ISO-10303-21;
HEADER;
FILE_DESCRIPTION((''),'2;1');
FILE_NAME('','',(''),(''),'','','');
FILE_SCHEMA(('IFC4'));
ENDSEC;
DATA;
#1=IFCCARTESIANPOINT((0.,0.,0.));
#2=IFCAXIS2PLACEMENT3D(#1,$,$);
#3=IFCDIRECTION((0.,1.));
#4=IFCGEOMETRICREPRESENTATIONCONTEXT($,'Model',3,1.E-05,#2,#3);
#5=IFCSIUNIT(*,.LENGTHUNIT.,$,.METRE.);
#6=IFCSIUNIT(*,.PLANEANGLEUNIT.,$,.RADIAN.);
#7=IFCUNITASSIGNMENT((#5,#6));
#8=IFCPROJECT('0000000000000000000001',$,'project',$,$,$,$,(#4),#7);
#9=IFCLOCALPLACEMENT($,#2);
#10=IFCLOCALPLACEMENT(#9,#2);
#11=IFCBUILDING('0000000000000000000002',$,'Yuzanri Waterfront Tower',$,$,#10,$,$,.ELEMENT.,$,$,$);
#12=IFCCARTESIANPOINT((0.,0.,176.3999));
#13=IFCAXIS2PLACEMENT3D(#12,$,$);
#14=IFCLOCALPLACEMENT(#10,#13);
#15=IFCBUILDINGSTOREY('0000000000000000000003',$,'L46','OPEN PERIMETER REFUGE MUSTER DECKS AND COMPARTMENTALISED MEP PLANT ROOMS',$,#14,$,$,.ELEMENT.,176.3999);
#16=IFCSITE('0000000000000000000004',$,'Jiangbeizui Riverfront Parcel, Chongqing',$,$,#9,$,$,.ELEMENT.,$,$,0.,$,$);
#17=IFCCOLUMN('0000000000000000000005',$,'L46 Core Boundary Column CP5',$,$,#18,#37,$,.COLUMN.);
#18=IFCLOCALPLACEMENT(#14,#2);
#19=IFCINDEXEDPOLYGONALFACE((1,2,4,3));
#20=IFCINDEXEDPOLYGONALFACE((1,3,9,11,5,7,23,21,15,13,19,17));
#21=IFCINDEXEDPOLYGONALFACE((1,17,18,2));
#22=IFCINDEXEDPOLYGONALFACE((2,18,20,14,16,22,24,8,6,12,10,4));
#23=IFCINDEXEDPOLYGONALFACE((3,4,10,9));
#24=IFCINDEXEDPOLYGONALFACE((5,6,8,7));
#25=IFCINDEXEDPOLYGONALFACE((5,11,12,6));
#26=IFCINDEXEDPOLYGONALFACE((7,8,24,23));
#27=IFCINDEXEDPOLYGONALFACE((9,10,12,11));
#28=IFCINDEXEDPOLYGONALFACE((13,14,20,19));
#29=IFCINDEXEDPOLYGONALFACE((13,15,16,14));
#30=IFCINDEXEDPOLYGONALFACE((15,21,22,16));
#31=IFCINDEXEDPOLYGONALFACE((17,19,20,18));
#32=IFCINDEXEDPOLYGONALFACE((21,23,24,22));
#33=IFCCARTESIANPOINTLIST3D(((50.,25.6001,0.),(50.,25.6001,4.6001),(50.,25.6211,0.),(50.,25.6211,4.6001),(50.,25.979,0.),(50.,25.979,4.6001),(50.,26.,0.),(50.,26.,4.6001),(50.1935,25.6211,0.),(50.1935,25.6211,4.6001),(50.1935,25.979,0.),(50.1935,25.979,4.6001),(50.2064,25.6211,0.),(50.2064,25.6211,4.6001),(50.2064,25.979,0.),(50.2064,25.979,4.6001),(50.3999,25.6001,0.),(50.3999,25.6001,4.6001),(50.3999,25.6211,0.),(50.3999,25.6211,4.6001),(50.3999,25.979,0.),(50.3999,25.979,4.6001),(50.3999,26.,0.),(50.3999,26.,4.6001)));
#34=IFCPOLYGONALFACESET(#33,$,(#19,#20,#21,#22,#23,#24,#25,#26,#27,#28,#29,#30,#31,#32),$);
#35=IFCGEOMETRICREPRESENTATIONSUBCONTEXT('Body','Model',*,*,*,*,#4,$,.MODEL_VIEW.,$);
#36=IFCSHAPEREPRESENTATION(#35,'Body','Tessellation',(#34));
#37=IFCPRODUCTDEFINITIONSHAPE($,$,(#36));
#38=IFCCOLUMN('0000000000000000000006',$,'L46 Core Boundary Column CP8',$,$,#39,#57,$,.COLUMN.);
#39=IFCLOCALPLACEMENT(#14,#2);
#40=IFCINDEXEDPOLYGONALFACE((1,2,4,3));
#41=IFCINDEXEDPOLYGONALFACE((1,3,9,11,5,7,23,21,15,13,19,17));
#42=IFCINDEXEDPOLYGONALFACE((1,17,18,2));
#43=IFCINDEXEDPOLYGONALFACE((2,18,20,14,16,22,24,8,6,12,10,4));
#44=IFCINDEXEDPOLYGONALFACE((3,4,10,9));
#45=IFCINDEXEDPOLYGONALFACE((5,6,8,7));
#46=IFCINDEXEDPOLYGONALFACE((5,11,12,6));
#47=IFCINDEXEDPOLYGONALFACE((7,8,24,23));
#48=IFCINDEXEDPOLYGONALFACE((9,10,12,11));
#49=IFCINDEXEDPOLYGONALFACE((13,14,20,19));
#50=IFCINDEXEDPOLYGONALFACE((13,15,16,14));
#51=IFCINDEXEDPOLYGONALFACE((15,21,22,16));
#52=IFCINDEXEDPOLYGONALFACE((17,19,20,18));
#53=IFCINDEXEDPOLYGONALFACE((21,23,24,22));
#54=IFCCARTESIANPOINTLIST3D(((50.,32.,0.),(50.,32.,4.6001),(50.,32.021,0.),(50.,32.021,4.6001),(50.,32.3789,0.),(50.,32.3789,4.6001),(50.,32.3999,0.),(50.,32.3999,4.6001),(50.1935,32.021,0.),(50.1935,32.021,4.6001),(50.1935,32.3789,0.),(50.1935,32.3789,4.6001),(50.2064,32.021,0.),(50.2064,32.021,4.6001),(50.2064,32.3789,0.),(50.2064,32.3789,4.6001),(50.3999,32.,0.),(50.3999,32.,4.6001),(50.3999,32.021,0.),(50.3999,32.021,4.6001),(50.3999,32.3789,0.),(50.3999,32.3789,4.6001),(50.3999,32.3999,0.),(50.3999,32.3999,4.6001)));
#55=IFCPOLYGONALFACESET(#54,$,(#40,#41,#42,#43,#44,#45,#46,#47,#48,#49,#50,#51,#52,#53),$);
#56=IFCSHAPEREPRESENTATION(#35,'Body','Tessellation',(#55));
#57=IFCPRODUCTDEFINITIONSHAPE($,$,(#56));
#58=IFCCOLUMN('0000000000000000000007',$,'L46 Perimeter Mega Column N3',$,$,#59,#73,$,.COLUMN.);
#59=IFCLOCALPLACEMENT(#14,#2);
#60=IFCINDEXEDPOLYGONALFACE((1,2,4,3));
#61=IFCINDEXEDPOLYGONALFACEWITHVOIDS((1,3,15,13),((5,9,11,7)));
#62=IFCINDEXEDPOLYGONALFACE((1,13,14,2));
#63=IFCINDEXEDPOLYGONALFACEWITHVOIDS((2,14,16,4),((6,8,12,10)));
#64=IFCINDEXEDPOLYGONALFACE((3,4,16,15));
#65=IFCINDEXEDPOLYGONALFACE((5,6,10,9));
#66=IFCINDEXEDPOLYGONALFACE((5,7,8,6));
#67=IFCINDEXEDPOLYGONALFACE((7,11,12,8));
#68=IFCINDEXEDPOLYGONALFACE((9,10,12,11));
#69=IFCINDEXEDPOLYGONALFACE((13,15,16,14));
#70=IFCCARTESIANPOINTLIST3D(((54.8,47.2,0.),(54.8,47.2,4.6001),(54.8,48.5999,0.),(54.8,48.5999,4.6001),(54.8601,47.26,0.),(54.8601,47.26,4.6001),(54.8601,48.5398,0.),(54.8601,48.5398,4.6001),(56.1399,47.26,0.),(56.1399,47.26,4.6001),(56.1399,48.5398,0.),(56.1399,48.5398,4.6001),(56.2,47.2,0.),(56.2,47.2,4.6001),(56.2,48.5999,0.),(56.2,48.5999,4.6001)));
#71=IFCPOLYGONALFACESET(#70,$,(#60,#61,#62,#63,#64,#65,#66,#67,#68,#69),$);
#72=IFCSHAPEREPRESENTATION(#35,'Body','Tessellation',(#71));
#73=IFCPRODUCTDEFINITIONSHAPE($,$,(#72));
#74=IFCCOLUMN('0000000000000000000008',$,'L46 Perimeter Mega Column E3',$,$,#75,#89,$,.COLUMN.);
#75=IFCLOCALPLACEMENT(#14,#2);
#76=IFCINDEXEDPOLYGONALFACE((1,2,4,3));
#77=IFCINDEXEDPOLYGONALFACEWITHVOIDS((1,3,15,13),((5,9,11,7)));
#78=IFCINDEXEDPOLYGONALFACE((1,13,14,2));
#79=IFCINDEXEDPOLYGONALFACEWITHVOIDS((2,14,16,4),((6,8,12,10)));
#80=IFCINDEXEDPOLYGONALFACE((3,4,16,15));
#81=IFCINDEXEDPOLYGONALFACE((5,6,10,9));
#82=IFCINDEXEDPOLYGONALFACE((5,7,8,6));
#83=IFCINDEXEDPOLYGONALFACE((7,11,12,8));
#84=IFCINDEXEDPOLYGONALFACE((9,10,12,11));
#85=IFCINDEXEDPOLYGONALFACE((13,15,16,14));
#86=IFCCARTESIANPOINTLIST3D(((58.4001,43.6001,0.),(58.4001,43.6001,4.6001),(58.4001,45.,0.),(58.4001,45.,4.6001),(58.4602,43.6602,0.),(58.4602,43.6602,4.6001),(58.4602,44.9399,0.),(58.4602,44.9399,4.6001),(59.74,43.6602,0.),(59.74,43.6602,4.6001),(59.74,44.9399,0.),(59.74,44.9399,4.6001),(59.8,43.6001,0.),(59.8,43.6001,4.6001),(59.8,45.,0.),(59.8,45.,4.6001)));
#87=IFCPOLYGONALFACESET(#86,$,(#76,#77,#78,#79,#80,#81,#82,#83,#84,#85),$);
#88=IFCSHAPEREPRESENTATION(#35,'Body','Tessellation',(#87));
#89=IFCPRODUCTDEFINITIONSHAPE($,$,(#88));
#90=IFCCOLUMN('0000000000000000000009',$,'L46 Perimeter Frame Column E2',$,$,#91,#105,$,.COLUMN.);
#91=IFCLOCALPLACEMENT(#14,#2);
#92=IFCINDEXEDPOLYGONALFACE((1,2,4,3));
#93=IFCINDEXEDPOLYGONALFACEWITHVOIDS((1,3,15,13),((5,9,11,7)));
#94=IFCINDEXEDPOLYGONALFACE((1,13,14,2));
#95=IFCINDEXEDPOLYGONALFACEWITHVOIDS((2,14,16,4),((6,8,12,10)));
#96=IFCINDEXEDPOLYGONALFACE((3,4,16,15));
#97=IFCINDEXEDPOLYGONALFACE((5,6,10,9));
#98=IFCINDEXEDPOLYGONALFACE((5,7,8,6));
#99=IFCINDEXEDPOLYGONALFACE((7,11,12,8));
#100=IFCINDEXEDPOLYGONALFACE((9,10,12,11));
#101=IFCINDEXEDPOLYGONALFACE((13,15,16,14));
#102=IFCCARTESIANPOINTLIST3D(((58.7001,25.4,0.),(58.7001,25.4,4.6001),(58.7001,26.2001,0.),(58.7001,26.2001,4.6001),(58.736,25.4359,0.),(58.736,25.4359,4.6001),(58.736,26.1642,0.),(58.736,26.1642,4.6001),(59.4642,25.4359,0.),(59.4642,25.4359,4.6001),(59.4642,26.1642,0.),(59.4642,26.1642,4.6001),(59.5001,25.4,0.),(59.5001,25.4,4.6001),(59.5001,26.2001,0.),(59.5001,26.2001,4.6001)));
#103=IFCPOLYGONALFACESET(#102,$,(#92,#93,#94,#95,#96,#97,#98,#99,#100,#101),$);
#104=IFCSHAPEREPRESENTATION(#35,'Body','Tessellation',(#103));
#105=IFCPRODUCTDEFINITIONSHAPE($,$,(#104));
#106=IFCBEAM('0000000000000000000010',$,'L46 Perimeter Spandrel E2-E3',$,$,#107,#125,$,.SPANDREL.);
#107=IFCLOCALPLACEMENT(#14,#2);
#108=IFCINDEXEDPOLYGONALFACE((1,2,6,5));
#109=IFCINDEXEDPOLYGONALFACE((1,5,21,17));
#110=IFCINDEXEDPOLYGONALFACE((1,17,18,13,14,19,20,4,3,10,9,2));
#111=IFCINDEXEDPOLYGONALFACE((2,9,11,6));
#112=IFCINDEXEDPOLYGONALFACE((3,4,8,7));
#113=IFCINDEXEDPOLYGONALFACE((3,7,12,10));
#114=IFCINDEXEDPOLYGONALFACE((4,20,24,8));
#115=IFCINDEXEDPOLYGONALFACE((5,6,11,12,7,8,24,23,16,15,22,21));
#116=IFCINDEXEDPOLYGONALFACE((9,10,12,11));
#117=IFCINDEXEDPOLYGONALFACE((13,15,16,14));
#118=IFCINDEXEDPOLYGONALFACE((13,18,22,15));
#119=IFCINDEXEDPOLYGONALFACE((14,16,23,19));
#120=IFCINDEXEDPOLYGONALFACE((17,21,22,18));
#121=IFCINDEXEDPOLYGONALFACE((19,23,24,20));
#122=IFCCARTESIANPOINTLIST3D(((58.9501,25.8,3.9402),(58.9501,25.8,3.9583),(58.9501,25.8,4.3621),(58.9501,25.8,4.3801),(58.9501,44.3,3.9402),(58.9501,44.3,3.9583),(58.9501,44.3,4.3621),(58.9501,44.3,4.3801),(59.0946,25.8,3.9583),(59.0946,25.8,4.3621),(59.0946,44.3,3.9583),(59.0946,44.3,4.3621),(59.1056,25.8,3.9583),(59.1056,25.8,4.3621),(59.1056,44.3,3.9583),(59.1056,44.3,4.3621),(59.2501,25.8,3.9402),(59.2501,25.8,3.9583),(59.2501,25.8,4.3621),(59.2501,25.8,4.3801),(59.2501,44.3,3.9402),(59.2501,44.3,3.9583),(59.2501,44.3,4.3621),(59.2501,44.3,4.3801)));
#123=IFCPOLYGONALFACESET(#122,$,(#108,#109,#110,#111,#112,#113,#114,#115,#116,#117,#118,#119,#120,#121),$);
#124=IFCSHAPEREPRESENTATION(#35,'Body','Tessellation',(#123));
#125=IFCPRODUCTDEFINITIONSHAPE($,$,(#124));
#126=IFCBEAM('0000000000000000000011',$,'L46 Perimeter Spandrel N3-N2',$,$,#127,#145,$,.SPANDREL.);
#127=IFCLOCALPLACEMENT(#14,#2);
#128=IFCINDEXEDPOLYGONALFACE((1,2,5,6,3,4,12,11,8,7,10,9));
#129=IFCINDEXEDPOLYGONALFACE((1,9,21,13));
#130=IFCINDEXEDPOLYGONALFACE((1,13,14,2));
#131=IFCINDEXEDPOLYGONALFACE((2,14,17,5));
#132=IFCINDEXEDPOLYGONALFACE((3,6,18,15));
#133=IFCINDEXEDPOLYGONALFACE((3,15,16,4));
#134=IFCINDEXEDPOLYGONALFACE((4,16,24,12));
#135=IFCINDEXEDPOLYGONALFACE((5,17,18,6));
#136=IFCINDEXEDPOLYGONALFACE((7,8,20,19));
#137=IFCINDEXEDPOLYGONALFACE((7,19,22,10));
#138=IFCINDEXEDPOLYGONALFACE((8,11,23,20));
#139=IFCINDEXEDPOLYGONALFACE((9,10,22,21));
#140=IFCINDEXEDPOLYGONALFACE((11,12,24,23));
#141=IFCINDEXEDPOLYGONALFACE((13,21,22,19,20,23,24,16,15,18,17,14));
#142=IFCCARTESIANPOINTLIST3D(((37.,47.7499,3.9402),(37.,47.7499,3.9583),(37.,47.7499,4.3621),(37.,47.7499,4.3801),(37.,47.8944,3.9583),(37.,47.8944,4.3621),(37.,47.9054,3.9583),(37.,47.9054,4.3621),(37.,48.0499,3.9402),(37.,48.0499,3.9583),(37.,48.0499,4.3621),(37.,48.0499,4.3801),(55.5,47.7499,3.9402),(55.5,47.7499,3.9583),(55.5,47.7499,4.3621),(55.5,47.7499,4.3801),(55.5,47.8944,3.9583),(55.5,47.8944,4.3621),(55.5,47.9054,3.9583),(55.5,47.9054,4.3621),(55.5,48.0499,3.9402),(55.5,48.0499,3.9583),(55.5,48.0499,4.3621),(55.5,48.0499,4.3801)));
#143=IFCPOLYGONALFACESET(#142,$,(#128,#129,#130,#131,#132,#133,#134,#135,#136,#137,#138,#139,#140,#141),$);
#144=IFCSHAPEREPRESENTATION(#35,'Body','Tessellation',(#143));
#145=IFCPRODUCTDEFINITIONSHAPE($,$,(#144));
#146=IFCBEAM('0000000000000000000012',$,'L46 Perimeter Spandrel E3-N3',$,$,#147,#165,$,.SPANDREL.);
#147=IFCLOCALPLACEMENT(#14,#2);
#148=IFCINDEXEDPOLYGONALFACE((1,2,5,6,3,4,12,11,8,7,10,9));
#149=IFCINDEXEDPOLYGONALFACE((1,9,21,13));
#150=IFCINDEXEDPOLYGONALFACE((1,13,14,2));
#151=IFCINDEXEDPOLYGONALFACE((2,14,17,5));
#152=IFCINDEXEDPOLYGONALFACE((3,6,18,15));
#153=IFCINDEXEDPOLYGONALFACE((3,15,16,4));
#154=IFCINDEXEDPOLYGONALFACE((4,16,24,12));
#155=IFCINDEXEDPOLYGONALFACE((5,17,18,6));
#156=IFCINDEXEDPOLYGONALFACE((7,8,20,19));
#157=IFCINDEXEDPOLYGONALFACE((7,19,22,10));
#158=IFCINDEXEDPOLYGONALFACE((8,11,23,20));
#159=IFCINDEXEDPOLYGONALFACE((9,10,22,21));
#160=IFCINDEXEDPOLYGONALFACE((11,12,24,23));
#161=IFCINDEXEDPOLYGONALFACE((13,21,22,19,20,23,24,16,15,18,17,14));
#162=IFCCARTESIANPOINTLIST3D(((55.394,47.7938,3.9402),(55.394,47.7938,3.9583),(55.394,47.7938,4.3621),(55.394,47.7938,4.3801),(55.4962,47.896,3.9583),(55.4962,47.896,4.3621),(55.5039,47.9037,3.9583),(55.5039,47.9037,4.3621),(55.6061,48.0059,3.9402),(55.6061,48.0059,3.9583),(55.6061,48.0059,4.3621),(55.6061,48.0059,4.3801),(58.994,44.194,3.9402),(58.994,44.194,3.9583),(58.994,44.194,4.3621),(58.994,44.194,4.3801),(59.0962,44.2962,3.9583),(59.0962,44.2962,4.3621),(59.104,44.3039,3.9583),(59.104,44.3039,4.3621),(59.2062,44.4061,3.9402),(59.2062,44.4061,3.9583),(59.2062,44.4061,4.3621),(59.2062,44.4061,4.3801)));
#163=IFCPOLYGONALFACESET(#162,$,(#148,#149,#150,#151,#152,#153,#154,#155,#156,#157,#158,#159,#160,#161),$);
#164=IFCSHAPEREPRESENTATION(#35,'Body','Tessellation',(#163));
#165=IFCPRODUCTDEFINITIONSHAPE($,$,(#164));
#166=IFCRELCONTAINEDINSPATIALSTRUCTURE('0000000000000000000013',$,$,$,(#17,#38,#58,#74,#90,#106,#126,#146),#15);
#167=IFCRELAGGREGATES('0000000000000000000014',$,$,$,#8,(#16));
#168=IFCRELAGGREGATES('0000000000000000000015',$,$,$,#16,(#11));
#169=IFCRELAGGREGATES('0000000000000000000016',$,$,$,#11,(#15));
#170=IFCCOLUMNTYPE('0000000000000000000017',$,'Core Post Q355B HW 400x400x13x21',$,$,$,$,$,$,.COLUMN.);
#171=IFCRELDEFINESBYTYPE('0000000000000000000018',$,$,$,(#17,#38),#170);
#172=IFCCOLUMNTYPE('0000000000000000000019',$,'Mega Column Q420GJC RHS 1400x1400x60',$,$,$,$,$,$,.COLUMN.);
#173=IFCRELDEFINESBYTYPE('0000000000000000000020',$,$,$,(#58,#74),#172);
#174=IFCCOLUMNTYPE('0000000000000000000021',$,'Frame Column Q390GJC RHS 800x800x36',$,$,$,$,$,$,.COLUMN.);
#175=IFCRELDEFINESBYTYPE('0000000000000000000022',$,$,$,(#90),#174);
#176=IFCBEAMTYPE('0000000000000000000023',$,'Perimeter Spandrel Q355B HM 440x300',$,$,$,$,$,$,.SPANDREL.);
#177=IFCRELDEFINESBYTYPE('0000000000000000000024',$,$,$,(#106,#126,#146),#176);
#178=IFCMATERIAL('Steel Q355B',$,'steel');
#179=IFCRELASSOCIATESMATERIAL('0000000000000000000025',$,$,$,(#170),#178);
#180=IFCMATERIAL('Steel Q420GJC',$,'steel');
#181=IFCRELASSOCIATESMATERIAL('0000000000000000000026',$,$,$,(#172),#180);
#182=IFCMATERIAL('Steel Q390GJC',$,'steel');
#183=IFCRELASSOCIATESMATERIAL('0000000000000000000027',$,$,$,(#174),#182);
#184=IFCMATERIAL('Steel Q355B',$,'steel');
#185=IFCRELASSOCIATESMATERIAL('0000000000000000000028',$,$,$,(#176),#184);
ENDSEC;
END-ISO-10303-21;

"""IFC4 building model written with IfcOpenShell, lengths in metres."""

from ifc_helpers import new_model, si_unit, direction, frame, origin, origin_2d, place, context, subcontext, project, spatial, hollow_rectangle, i_section, extrude, source, transform, mapped, material, material_profile, profile_set, type_object, element, save


model = new_model("IFC4")

# Units and contexts
model_context = context("Model", 3, precision=1e-05, world=origin(), true_north=direction((0.0, 1.0)))
body_context = subcontext(model_context, "Body", "Model", "MODEL_VIEW")
ifc_project = project(units=[si_unit("LENGTHUNIT", "METRE"), si_unit("PLANEANGLEUNIT", "RADIAN")], contexts=[model_context])

# Site, building, storey
site_placement = place(None, origin())
site = spatial("IfcSite", under=ifc_project, at=site_placement, Name="Jiangbeizui Riverfront Parcel, Chongqing", CompositionType="ELEMENT", RefElevation=0.0)
building_placement = place(site_placement, origin())
building = spatial("IfcBuilding", under=site, at=building_placement, Name="Yuzanri Waterfront Tower", CompositionType="ELEMENT")
storey_placement = place(building_placement, frame((0.0, 0.0, 176.3999)))
storey = spatial("IfcBuildingStorey", under=building, at=storey_placement, Name="L46", Description="OPEN PERIMETER REFUGE MUSTER DECKS AND COMPARTMENTALISED MEP PLANT ROOMS", CompositionType="ELEMENT", Elevation=176.3999)

# Columns
ifc_material_1 = material(Name="Steel Q355B", Category="steel")
ifc_material_profile_1 = material_profile(ifc_material_1, i_section(OverallWidth=0.3999, OverallDepth=0.3999, WebThickness=0.0129, FlangeThickness=0.021, at=origin_2d()), Name="HW 400x400x13x21")
ifc_profile_set_1 = profile_set([ifc_material_profile_1], Name="Steel Q355B")
column_type_1 = type_object("IfcColumnType", Name="Core Post Q355B HW 400x400x13x21", PredefinedType="COLUMN", material=ifc_profile_set_1)
shared_shape_1 = source(origin(), body_context, "Body", "SweptSolid", [
    extrude(i_section(OverallWidth=0.3999, OverallDepth=0.3999, WebThickness=0.0129, FlangeThickness=0.021, at=origin_2d()), origin(), (0.0, 0.0, 1.0), 4.6001),
])
for number, where, z_axis, x_axis, name in (
    (1, (50.2, 25.8, 0.0), (0.0, 0.0, 1.0), (1.0, 0.0, 0.0), "L46 Core Boundary Column CP5"),
    (2, (50.2, 32.2, 0.0), (0.0, 0.0, 1.0), (1.0, 0.0, 0.0), "L46 Core Boundary Column CP8"),
):
    element("IfcColumn", number, at=place(storey_placement, frame(where, z_axis=z_axis, x_axis=x_axis)), inside=storey, type_object=column_type_1, Name=name, PredefinedType="COLUMN", context=body_context, shape_type="MappedRepresentation", body=[
        mapped(shared_shape_1, transform((0.0, 0.0, 0.0), scale=1.0)),
    ])
ifc_material_2 = material(Name="Steel Q420GJC", Category="steel")
ifc_material_profile_2 = material_profile(ifc_material_2, hollow_rectangle(XDim=1.3999, YDim=1.3999, WallThickness=0.0601, at=origin_2d()), Name="RHS 1400x1400x60")
ifc_profile_set_2 = profile_set([ifc_material_profile_2], Name="Steel Q420GJC")
column_type_2 = type_object("IfcColumnType", Name="Mega Column Q420GJC RHS 1400x1400x60", PredefinedType="COLUMN", material=ifc_profile_set_2)
shared_shape_2 = source(origin(), body_context, "Body", "SweptSolid", [
    extrude(hollow_rectangle(XDim=1.3999, YDim=1.3999, WallThickness=0.0601, at=origin_2d()), origin(), (0.0, 0.0, 1.0), 4.6001),
])
for number, where, z_axis, x_axis, name in (
    (3, (55.5, 47.8999, 0.0), (0.0, 0.0, 1.0), (1.0, 0.0, 0.0), "L46 Perimeter Mega Column N3"),
    (4, (59.1001, 44.3, 0.0), (0.0, 0.0, 1.0), (1.0, 0.0, 0.0), "L46 Perimeter Mega Column E3"),
):
    element("IfcColumn", number, at=place(storey_placement, frame(where, z_axis=z_axis, x_axis=x_axis)), inside=storey, type_object=column_type_2, Name=name, PredefinedType="COLUMN", context=body_context, shape_type="MappedRepresentation", body=[
        mapped(shared_shape_2, transform((0.0, 0.0, 0.0), scale=1.0)),
    ])
ifc_material_3 = material(Name="Steel Q390GJC", Category="steel")
ifc_material_profile_3 = material_profile(ifc_material_3, hollow_rectangle(XDim=0.8, YDim=0.8, WallThickness=0.0359, at=origin_2d()), Name="RHS 800x800x36")
ifc_profile_set_3 = profile_set([ifc_material_profile_3], Name="Steel Q390GJC")
column_type_3 = type_object("IfcColumnType", Name="Frame Column Q390GJC RHS 800x800x36", PredefinedType="COLUMN", material=ifc_profile_set_3)
shared_shape_3 = source(origin(), body_context, "Body", "SweptSolid", [
    extrude(hollow_rectangle(XDim=0.8, YDim=0.8, WallThickness=0.0359, at=origin_2d()), origin(), (0.0, 0.0, 1.0), 4.6001),
])
column_placement = place(storey_placement, frame((59.1001, 25.8, 0.0), z_axis=(0.0, 0.0, 1.0), x_axis=(1.0, 0.0, 0.0)))
element("IfcColumn", 5, at=column_placement, inside=storey, type_object=column_type_3, Name="L46 Perimeter Frame Column E2", PredefinedType="COLUMN", context=body_context, shape_type="MappedRepresentation", body=[
    mapped(shared_shape_3, transform((0.0, 0.0, 0.0), scale=1.0)),
])

# Beams
ifc_material_4 = material(Name="Steel Q355B", Category="steel")
ifc_material_profile_4 = material_profile(ifc_material_4, i_section(OverallWidth=0.3, OverallDepth=0.4399, WebThickness=0.011, FlangeThickness=0.0181, at=origin_2d()), Name="HM 440x300x11x18")
ifc_profile_set_4 = profile_set([ifc_material_profile_4], Name="Steel Q355B")
beam_type_1 = type_object("IfcBeamType", Name="Perimeter Spandrel Q355B HM 440x300", PredefinedType="SPANDREL", material=ifc_profile_set_4)
shared_shape_4 = source(origin(), body_context, "Body", "SweptSolid", [
    extrude(i_section(OverallWidth=0.3, OverallDepth=0.4399, WebThickness=0.011, FlangeThickness=0.0181, at=origin_2d()), origin(), (0.0, 0.0, 1.0), 18.5),
])
for number, where, z_axis, x_axis, name in (
    (6, (59.1001, 25.8, 4.1602), (0.0, 1.0, 0.0), (-1.0, 0.0, 0.0), "L46 Perimeter Spandrel E2-E3"),
    (7, (55.5, 47.8999, 4.1602), (-1.0, 0.0, 0.0), (0.0, -1.0, 0.0), "L46 Perimeter Spandrel N3-N2"),
):
    element("IfcBeam", number, at=place(storey_placement, frame(where, z_axis=z_axis, x_axis=x_axis)), inside=storey, type_object=beam_type_1, Name=name, PredefinedType="SPANDREL", context=body_context, shape_type="MappedRepresentation", body=[
        mapped(shared_shape_4, transform((0.0, 0.0, 0.0), scale=1.0)),
    ])
shared_shape_5 = source(origin(), body_context, "Body", "SweptSolid", [
    extrude(i_section(OverallWidth=0.3, OverallDepth=0.4399, WebThickness=0.011, FlangeThickness=0.0181, at=origin_2d()), origin(), (0.0, 0.0, 1.0), 5.0911),
])
beam_1_placement = place(storey_placement, frame((59.1001, 44.3, 4.1602), z_axis=(-0.707131, 0.707083, 0.0), x_axis=(-0.707083, -0.707131, 0.0)))
element("IfcBeam", 8, at=beam_1_placement, inside=storey, type_object=beam_type_1, Name="L46 Perimeter Spandrel E3-N3", PredefinedType="SPANDREL", context=body_context, shape_type="MappedRepresentation", body=[
    mapped(shared_shape_5, transform((0.0, 0.0, 0.0), scale=1.0)),
])

save(model, "model.ifc")
